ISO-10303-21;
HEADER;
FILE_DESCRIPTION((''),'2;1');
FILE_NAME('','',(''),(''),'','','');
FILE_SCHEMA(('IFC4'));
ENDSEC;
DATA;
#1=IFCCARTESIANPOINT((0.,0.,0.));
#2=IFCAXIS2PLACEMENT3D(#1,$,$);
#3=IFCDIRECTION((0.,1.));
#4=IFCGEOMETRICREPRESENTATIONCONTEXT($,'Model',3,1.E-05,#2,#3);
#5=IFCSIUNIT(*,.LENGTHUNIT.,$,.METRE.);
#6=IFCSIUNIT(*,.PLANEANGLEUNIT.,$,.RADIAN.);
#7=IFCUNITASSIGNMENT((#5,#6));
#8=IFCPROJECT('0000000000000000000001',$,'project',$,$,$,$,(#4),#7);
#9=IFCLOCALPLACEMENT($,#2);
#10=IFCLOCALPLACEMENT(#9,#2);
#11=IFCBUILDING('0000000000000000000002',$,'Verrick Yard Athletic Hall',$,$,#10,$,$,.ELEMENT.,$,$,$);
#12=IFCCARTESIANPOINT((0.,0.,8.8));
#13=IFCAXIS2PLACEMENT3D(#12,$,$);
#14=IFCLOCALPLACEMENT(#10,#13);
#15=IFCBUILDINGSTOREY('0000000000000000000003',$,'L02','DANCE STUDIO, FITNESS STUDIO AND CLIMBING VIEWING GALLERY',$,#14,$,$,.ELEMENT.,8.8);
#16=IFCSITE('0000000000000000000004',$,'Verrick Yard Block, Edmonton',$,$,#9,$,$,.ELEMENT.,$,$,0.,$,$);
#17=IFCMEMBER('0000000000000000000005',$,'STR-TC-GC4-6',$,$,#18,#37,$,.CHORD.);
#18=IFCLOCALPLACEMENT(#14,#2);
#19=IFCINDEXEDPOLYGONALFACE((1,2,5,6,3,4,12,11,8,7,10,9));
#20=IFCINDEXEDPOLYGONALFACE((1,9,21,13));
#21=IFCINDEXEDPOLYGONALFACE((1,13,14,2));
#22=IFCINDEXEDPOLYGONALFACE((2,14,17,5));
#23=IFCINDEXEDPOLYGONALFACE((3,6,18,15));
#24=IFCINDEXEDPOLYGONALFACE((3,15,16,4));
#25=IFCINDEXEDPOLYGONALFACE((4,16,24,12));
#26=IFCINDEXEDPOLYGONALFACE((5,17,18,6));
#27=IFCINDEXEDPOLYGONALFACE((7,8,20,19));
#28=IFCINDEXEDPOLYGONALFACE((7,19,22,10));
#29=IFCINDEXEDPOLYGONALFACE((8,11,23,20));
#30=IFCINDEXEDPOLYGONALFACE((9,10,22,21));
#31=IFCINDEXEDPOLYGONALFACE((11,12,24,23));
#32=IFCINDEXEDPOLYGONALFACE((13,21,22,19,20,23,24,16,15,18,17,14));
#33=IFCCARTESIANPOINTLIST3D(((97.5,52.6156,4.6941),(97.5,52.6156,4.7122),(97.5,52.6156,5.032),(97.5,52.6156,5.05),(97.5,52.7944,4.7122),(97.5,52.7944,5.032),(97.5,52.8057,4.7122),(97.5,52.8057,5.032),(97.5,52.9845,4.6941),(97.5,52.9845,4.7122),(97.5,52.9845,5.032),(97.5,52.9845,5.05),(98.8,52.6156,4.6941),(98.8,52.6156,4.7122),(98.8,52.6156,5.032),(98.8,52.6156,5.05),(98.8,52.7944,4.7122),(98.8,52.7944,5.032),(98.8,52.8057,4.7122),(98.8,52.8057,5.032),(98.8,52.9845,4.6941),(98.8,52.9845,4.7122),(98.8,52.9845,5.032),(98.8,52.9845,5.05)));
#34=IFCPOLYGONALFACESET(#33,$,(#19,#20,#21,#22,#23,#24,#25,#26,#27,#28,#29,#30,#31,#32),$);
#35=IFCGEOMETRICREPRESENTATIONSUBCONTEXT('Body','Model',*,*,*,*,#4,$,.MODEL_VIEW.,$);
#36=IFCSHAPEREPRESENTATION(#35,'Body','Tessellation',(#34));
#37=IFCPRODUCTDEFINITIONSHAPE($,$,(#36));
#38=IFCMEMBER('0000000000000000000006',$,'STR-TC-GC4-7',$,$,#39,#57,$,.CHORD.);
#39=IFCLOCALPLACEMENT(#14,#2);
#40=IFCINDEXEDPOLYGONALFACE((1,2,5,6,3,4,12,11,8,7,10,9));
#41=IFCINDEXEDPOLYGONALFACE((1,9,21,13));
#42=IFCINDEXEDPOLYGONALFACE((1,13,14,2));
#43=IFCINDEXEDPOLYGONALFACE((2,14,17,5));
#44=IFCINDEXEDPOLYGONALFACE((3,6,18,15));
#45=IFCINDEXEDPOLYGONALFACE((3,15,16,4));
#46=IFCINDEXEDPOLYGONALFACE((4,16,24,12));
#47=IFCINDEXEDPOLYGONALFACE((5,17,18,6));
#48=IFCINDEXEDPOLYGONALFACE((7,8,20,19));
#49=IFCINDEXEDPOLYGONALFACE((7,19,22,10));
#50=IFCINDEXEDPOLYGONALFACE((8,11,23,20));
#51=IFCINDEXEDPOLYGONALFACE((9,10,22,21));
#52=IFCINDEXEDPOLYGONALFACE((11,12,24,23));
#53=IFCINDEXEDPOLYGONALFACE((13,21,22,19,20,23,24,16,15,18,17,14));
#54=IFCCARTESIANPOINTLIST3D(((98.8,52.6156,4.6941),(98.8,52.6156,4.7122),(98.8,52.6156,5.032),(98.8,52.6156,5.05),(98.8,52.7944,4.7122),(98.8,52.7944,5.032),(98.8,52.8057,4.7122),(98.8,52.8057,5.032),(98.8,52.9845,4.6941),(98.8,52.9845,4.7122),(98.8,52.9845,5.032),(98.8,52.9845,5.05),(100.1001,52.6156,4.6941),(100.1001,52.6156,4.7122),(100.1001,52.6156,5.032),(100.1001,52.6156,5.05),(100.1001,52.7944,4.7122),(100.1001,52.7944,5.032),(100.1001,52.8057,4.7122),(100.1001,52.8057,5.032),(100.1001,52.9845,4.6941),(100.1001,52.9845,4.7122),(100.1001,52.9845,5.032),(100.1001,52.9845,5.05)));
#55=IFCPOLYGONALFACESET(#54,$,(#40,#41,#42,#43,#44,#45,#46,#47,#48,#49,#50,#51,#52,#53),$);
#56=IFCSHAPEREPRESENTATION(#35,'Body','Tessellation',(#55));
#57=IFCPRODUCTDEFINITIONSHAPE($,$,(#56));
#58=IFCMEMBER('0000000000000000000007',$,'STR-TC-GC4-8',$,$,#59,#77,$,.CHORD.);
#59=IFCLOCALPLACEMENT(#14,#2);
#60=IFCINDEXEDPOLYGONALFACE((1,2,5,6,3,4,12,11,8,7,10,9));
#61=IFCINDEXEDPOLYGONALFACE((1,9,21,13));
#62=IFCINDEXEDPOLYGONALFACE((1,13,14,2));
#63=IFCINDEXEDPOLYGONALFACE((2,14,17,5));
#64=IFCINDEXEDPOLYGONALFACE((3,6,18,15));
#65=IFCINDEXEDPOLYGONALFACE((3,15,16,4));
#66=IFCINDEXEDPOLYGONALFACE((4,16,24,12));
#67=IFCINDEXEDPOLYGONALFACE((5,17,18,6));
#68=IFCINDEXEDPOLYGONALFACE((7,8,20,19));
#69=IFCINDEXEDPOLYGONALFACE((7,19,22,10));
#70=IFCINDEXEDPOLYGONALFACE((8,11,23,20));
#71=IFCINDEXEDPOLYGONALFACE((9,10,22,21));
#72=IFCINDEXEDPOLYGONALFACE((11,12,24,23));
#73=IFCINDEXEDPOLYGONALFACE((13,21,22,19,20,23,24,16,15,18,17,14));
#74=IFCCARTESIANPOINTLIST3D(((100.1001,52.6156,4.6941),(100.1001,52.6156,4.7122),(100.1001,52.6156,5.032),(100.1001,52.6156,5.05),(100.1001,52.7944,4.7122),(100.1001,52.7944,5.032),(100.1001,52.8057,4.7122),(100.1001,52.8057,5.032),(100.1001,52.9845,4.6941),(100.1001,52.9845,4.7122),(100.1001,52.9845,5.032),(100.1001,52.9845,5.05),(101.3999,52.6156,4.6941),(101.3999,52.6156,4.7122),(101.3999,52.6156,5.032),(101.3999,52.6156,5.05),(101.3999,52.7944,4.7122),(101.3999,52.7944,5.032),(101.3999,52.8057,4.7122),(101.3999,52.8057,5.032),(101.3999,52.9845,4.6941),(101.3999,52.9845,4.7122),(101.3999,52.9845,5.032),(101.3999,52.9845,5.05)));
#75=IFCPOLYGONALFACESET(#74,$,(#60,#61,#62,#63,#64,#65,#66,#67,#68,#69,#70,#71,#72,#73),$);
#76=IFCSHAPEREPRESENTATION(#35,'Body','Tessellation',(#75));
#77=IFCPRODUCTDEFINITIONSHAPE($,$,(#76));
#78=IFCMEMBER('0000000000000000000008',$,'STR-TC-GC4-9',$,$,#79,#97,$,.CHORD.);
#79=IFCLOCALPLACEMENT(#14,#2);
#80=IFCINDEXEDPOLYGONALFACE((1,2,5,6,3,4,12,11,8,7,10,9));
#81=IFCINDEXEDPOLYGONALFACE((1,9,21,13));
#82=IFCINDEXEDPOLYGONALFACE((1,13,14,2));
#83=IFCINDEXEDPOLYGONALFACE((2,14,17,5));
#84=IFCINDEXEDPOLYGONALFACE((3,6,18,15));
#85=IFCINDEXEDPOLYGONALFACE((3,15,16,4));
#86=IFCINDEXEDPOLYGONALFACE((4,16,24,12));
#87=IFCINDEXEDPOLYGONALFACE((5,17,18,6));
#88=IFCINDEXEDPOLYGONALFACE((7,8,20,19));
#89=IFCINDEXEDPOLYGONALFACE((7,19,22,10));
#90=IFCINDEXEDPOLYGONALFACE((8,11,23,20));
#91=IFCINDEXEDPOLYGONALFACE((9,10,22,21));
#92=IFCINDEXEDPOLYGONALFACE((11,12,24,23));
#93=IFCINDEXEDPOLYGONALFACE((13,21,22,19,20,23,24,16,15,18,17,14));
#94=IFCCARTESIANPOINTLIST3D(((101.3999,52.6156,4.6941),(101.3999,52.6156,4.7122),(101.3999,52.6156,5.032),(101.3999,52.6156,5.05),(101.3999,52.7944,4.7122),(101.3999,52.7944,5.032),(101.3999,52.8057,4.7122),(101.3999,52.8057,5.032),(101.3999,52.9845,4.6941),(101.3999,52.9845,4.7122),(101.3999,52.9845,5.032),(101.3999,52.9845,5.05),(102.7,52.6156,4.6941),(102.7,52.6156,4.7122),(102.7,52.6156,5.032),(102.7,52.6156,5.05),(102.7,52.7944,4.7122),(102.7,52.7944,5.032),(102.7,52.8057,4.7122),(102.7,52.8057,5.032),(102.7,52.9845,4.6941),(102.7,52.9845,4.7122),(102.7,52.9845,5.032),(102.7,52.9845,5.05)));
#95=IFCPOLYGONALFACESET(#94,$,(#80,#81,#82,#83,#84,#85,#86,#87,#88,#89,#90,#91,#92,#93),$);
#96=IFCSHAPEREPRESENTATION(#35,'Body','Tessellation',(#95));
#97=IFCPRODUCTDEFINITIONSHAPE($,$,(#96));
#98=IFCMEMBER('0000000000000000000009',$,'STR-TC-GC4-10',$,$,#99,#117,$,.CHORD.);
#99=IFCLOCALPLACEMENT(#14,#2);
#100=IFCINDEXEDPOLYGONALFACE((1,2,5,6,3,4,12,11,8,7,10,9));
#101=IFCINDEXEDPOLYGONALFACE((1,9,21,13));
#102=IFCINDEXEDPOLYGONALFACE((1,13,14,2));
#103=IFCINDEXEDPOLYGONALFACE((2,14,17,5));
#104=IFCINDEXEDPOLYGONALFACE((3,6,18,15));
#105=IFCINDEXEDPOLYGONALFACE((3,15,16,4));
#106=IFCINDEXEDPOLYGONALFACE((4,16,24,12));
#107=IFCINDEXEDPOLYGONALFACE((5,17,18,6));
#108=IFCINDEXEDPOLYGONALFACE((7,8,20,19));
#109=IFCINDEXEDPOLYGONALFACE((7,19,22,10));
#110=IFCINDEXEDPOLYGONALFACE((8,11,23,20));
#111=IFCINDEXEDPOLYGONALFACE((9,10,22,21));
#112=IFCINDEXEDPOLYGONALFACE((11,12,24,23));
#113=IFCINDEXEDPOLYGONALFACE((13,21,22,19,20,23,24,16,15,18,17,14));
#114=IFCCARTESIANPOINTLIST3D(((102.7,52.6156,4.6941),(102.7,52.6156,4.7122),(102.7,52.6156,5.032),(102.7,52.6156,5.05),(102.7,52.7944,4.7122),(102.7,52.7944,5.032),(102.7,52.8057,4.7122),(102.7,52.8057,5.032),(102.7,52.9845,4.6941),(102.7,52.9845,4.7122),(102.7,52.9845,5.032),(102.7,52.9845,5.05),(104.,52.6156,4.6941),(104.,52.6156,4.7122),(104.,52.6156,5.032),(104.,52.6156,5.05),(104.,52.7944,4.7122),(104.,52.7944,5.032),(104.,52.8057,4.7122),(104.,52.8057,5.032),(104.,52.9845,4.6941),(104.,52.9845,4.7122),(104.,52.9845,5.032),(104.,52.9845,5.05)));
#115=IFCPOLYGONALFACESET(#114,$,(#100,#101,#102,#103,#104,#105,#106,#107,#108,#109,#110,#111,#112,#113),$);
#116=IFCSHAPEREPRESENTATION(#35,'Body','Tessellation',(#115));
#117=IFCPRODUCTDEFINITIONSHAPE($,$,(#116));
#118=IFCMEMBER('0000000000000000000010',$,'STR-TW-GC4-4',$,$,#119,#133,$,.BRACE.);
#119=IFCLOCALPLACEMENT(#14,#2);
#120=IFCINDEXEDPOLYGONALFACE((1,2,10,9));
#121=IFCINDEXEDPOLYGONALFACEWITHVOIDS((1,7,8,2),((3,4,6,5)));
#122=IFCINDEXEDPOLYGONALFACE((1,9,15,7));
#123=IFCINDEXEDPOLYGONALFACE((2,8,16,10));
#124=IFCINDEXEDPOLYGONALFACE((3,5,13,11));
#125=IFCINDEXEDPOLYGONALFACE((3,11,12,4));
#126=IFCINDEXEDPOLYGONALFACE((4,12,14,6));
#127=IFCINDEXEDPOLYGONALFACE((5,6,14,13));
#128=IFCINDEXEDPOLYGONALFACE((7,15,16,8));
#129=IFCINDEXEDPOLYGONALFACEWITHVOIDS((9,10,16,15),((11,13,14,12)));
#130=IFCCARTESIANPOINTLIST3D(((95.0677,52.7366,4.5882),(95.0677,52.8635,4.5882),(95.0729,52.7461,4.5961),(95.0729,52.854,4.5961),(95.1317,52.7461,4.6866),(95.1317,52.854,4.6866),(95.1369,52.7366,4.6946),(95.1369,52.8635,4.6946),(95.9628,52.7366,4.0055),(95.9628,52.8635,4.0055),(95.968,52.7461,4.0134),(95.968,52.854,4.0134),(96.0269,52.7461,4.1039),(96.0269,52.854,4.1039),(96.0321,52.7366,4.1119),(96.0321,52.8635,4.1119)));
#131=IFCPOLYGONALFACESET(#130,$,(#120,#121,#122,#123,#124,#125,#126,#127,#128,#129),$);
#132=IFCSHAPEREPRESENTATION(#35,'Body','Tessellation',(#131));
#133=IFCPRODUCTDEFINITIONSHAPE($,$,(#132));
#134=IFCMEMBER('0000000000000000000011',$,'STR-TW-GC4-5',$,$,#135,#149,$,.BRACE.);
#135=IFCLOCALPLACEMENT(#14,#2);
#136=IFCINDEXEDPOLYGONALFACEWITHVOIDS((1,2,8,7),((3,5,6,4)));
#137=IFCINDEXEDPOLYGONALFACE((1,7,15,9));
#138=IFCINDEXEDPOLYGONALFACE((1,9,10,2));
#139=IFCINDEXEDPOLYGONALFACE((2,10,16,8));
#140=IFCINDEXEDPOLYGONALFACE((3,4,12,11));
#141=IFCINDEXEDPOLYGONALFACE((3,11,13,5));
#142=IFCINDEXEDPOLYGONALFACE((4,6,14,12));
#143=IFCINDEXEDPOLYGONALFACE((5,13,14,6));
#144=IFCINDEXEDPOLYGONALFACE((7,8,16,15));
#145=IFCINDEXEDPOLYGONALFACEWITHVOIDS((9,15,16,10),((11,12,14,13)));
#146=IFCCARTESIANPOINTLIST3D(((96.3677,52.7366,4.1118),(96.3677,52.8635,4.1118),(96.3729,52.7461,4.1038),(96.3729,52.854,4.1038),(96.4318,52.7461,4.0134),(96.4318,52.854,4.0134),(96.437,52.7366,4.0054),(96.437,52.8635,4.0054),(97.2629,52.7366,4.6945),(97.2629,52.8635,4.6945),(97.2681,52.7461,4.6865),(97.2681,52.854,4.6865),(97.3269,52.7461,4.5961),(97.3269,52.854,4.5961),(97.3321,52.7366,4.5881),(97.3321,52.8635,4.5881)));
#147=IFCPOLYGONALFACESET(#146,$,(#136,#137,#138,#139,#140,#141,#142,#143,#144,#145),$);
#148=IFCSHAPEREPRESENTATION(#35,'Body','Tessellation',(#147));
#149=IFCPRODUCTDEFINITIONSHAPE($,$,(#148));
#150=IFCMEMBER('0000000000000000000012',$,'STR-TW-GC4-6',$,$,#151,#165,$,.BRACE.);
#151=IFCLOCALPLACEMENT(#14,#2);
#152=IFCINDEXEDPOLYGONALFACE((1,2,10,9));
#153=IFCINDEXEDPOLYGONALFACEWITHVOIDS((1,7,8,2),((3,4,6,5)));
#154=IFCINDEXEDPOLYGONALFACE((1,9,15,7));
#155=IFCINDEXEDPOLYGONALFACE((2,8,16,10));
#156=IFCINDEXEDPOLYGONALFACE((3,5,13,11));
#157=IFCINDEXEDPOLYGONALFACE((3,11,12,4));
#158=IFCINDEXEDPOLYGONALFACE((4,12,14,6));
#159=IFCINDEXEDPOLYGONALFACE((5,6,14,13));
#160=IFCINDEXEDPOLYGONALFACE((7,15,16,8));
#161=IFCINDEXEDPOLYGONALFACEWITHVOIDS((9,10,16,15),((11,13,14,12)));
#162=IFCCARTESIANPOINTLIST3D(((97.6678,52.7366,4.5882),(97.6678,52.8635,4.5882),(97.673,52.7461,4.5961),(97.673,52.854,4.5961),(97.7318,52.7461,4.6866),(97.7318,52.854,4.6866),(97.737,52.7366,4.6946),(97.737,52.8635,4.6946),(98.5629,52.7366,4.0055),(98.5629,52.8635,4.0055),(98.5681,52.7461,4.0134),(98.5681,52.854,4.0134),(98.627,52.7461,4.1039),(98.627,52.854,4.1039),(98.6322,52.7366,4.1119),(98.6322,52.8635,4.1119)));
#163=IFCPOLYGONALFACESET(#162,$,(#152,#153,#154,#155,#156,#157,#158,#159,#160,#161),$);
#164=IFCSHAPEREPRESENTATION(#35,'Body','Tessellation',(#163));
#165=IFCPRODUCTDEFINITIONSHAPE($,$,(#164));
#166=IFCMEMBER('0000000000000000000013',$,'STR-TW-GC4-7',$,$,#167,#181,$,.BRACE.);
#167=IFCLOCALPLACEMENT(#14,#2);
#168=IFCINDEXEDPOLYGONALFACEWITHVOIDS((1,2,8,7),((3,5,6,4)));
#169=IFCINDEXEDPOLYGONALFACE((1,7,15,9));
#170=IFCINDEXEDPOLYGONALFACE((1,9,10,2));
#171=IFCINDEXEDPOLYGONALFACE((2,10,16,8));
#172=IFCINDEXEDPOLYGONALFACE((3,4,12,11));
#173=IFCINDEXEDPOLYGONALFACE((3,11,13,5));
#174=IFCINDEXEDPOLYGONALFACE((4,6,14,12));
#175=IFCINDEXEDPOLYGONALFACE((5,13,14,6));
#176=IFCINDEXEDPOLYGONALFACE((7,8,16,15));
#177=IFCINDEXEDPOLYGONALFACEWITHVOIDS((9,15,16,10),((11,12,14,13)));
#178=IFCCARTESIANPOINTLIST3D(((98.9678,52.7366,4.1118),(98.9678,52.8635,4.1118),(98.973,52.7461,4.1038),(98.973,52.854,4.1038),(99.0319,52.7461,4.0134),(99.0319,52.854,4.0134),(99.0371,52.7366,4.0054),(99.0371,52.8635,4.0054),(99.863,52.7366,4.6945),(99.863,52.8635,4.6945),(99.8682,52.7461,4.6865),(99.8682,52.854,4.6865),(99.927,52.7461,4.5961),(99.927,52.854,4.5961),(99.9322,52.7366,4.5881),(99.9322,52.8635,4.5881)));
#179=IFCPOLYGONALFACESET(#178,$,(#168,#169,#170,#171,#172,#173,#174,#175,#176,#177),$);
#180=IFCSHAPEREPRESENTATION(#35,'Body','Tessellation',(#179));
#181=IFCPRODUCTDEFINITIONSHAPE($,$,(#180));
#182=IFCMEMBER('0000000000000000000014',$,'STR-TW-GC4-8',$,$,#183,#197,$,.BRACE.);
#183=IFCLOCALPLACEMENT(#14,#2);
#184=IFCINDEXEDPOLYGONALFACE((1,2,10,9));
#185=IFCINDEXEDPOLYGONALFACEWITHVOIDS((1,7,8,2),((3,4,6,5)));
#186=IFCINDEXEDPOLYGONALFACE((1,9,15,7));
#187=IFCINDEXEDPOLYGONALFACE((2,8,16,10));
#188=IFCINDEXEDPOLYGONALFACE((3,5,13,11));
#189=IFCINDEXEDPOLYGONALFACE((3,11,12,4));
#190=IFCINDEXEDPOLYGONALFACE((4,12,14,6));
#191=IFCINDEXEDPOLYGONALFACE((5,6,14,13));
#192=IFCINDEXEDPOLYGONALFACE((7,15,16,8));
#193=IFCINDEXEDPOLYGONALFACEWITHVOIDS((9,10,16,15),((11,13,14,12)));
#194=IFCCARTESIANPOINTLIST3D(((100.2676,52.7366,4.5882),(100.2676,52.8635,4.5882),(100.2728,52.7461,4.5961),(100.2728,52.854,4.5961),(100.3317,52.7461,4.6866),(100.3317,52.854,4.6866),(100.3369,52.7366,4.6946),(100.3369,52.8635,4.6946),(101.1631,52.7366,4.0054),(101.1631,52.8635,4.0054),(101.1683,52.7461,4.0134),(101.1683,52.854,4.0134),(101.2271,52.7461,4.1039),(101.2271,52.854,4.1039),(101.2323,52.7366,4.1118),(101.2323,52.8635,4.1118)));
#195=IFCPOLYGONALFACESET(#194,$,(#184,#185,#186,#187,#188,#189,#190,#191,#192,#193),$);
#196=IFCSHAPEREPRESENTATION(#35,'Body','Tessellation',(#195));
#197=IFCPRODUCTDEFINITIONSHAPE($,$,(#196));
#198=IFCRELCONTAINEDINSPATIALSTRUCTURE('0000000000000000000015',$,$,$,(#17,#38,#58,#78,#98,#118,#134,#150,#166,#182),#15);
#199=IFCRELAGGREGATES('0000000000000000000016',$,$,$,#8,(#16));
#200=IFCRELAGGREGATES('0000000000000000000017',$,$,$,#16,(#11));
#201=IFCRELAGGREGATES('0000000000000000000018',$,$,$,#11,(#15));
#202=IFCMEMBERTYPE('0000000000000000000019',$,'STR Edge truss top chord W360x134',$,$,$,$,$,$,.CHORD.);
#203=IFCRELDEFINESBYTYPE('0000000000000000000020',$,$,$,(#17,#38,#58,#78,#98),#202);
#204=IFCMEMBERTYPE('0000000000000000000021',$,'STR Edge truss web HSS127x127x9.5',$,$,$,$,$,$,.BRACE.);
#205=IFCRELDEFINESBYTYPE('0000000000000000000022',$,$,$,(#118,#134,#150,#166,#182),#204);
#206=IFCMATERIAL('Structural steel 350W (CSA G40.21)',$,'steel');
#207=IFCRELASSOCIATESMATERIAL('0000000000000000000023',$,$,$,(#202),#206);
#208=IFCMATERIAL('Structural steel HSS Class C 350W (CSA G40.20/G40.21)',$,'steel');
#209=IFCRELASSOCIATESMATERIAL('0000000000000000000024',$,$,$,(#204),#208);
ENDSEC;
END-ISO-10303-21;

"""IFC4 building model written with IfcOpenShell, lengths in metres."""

from ifc_helpers import new_model, si_unit, direction, frame, origin, origin_2d, place, context, subcontext, project, spatial, hollow_rectangle, i_section, extrude, material, material_profile, profile_set, type_object, element, save


model = new_model("IFC4")

# Units and contexts
model_context = context("Model", 3, precision=1e-05, world=origin(), true_north=direction((0.0, 1.0)))
body_context = subcontext(model_context, "Body", "Model", "MODEL_VIEW")
ifc_project = project(units=[si_unit("LENGTHUNIT", "METRE"), si_unit("PLANEANGLEUNIT", "RADIAN")], contexts=[model_context])

# Site, building, storey
site_placement = place(None, origin())
site = spatial("IfcSite", under=ifc_project, at=site_placement, Name="Verrick Yard Block, Edmonton", CompositionType="ELEMENT", RefElevation=0.0)
building_placement = place(site_placement, origin())
building = spatial("IfcBuilding", under=site, at=building_placement, Name="Verrick Yard Athletic Hall", CompositionType="ELEMENT")
storey_placement = place(building_placement, frame((0.0, 0.0, 8.8)))
storey = spatial("IfcBuildingStorey", under=building, at=storey_placement, Name="L02", Description="DANCE STUDIO, FITNESS STUDIO AND CLIMBING VIEWING GALLERY", CompositionType="ELEMENT", Elevation=8.8)

# Members
ifc_material_1 = material(Name="Structural steel 350W (CSA G40.21)", Category="steel")
ifc_material_2 = material(Name="Structural steel HSS Class C 350W (CSA G40.20/G40.21)", Category="steel")
ifc_material_profile_1 = material_profile(ifc_material_1, i_section(OverallWidth=0.3689, OverallDepth=0.356, WebThickness=0.0112, FlangeThickness=0.0181, at=origin_2d()), Name="W360x134")
ifc_profile_set_1 = profile_set([ifc_material_profile_1], Name="Structural steel 350W (CSA G40.21)")
member_type_1 = type_object("IfcMemberType", Name="STR Edge truss top chord W360x134", PredefinedType="CHORD", material=ifc_profile_set_1)
for number, where, z_axis, x_axis, name in (
    (1, (97.5, 52.8, 4.8721), (1.0, 0.0, 0.0), (0.0, 1.0, 0.0), "STR-TC-GC4-6"),
    (2, (98.8, 52.8, 4.8721), (1.0, 0.0, 0.0), (0.0, 1.0, 0.0), "STR-TC-GC4-7"),
):
    element("IfcMember", number, at=place(storey_placement, frame(where, z_axis=z_axis, x_axis=x_axis)), inside=storey, type_object=member_type_1, Name=name, PredefinedType="CHORD", context=body_context, shape_type="SweptSolid", body=[
        extrude(i_section(OverallWidth=0.3689, OverallDepth=0.356, WebThickness=0.0112, FlangeThickness=0.0181, at=origin_2d()), origin(), (0.0, 0.0, 1.0), 1.3),
    ])
member_1_placement = place(storey_placement, frame((100.1001, 52.8, 4.8721), z_axis=(1.0, 0.0, 0.0), x_axis=(0.0, 1.0, 0.0)))
element("IfcMember", 3, at=member_1_placement, inside=storey, type_object=member_type_1, Name="STR-TC-GC4-8", PredefinedType="CHORD", context=body_context, shape_type="SweptSolid", body=[
    extrude(i_section(OverallWidth=0.3689, OverallDepth=0.356, WebThickness=0.0112, FlangeThickness=0.0181, at=origin_2d()), origin(), (0.0, 0.0, 1.0), 1.2998),
])
for number, where, z_axis, x_axis, name in (
    (4, (101.3999, 52.8, 4.8721), (1.0, 0.0, 0.0), (0.0, 1.0, 0.0), "STR-TC-GC4-9"),
    (5, (102.7, 52.8, 4.8721), (1.0, 0.0, 0.0), (0.0, 1.0, 0.0), "STR-TC-GC4-10"),
):
    element("IfcMember", number, at=place(storey_placement, frame(where, z_axis=z_axis, x_axis=x_axis)), inside=storey, type_object=member_type_1, Name=name, PredefinedType="CHORD", context=body_context, shape_type="SweptSolid", body=[
        extrude(i_section(OverallWidth=0.3689, OverallDepth=0.356, WebThickness=0.0112, FlangeThickness=0.0181, at=origin_2d()), origin(), (0.0, 0.0, 1.0), 1.3),
    ])
ifc_material_profile_2 = material_profile(ifc_material_2, hollow_rectangle(XDim=0.127, YDim=0.127, WallThickness=0.0095, at=origin_2d()), Name="HSS127x127x9.5")
ifc_profile_set_2 = profile_set([ifc_material_profile_2], Name="Structural steel HSS Class C 350W (CSA G40.20/G40.21)")
member_type_2 = type_object("IfcMemberType", Name="STR Edge truss web HSS127x127x9.5", PredefinedType="BRACE", material=ifc_profile_set_2)
for number, where, z_axis, x_axis, name in (
    (6, (95.1023, 52.8, 4.6414), (0.838083, 0.0, -0.545543), (0.0, 1.0, 0.0), "STR-TW-GC4-4"),
    (7, (96.4023, 52.8, 4.0586), (0.838083, 0.0, 0.545543), (0.0, 1.0, 0.0), "STR-TW-GC4-5"),
    (8, (97.7024, 52.8, 4.6414), (0.838083, 0.0, -0.545543), (0.0, 1.0, 0.0), "STR-TW-GC4-6"),
    (9, (99.0024, 52.8, 4.0586), (0.838083, 0.0, 0.545543), (0.0, 1.0, 0.0), "STR-TW-GC4-7"),
):
    element("IfcMember", number, at=place(storey_placement, frame(where, z_axis=z_axis, x_axis=x_axis)), inside=storey, type_object=member_type_2, Name=name, PredefinedType="BRACE", context=body_context, shape_type="SweptSolid", body=[
        extrude(hollow_rectangle(XDim=0.127, YDim=0.127, WallThickness=0.0095, at=origin_2d()), origin(), (0.0, 0.0, 1.0), 1.0681),
    ])
member_2_placement = place(storey_placement, frame((100.3022, 52.8, 4.6414), z_axis=(0.838151, 0.0, -0.545438), x_axis=(0.0, 1.0, 0.0)))
element("IfcMember", 10, at=member_2_placement, inside=storey, type_object=member_type_2, Name="STR-TW-GC4-8", PredefinedType="BRACE", context=body_context, shape_type="SweptSolid", body=[
    extrude(hollow_rectangle(XDim=0.127, YDim=0.127, WallThickness=0.0095, at=origin_2d()), origin(), (0.0, 0.0, 1.0), 1.0684),
])

save(model, "model.ifc")
